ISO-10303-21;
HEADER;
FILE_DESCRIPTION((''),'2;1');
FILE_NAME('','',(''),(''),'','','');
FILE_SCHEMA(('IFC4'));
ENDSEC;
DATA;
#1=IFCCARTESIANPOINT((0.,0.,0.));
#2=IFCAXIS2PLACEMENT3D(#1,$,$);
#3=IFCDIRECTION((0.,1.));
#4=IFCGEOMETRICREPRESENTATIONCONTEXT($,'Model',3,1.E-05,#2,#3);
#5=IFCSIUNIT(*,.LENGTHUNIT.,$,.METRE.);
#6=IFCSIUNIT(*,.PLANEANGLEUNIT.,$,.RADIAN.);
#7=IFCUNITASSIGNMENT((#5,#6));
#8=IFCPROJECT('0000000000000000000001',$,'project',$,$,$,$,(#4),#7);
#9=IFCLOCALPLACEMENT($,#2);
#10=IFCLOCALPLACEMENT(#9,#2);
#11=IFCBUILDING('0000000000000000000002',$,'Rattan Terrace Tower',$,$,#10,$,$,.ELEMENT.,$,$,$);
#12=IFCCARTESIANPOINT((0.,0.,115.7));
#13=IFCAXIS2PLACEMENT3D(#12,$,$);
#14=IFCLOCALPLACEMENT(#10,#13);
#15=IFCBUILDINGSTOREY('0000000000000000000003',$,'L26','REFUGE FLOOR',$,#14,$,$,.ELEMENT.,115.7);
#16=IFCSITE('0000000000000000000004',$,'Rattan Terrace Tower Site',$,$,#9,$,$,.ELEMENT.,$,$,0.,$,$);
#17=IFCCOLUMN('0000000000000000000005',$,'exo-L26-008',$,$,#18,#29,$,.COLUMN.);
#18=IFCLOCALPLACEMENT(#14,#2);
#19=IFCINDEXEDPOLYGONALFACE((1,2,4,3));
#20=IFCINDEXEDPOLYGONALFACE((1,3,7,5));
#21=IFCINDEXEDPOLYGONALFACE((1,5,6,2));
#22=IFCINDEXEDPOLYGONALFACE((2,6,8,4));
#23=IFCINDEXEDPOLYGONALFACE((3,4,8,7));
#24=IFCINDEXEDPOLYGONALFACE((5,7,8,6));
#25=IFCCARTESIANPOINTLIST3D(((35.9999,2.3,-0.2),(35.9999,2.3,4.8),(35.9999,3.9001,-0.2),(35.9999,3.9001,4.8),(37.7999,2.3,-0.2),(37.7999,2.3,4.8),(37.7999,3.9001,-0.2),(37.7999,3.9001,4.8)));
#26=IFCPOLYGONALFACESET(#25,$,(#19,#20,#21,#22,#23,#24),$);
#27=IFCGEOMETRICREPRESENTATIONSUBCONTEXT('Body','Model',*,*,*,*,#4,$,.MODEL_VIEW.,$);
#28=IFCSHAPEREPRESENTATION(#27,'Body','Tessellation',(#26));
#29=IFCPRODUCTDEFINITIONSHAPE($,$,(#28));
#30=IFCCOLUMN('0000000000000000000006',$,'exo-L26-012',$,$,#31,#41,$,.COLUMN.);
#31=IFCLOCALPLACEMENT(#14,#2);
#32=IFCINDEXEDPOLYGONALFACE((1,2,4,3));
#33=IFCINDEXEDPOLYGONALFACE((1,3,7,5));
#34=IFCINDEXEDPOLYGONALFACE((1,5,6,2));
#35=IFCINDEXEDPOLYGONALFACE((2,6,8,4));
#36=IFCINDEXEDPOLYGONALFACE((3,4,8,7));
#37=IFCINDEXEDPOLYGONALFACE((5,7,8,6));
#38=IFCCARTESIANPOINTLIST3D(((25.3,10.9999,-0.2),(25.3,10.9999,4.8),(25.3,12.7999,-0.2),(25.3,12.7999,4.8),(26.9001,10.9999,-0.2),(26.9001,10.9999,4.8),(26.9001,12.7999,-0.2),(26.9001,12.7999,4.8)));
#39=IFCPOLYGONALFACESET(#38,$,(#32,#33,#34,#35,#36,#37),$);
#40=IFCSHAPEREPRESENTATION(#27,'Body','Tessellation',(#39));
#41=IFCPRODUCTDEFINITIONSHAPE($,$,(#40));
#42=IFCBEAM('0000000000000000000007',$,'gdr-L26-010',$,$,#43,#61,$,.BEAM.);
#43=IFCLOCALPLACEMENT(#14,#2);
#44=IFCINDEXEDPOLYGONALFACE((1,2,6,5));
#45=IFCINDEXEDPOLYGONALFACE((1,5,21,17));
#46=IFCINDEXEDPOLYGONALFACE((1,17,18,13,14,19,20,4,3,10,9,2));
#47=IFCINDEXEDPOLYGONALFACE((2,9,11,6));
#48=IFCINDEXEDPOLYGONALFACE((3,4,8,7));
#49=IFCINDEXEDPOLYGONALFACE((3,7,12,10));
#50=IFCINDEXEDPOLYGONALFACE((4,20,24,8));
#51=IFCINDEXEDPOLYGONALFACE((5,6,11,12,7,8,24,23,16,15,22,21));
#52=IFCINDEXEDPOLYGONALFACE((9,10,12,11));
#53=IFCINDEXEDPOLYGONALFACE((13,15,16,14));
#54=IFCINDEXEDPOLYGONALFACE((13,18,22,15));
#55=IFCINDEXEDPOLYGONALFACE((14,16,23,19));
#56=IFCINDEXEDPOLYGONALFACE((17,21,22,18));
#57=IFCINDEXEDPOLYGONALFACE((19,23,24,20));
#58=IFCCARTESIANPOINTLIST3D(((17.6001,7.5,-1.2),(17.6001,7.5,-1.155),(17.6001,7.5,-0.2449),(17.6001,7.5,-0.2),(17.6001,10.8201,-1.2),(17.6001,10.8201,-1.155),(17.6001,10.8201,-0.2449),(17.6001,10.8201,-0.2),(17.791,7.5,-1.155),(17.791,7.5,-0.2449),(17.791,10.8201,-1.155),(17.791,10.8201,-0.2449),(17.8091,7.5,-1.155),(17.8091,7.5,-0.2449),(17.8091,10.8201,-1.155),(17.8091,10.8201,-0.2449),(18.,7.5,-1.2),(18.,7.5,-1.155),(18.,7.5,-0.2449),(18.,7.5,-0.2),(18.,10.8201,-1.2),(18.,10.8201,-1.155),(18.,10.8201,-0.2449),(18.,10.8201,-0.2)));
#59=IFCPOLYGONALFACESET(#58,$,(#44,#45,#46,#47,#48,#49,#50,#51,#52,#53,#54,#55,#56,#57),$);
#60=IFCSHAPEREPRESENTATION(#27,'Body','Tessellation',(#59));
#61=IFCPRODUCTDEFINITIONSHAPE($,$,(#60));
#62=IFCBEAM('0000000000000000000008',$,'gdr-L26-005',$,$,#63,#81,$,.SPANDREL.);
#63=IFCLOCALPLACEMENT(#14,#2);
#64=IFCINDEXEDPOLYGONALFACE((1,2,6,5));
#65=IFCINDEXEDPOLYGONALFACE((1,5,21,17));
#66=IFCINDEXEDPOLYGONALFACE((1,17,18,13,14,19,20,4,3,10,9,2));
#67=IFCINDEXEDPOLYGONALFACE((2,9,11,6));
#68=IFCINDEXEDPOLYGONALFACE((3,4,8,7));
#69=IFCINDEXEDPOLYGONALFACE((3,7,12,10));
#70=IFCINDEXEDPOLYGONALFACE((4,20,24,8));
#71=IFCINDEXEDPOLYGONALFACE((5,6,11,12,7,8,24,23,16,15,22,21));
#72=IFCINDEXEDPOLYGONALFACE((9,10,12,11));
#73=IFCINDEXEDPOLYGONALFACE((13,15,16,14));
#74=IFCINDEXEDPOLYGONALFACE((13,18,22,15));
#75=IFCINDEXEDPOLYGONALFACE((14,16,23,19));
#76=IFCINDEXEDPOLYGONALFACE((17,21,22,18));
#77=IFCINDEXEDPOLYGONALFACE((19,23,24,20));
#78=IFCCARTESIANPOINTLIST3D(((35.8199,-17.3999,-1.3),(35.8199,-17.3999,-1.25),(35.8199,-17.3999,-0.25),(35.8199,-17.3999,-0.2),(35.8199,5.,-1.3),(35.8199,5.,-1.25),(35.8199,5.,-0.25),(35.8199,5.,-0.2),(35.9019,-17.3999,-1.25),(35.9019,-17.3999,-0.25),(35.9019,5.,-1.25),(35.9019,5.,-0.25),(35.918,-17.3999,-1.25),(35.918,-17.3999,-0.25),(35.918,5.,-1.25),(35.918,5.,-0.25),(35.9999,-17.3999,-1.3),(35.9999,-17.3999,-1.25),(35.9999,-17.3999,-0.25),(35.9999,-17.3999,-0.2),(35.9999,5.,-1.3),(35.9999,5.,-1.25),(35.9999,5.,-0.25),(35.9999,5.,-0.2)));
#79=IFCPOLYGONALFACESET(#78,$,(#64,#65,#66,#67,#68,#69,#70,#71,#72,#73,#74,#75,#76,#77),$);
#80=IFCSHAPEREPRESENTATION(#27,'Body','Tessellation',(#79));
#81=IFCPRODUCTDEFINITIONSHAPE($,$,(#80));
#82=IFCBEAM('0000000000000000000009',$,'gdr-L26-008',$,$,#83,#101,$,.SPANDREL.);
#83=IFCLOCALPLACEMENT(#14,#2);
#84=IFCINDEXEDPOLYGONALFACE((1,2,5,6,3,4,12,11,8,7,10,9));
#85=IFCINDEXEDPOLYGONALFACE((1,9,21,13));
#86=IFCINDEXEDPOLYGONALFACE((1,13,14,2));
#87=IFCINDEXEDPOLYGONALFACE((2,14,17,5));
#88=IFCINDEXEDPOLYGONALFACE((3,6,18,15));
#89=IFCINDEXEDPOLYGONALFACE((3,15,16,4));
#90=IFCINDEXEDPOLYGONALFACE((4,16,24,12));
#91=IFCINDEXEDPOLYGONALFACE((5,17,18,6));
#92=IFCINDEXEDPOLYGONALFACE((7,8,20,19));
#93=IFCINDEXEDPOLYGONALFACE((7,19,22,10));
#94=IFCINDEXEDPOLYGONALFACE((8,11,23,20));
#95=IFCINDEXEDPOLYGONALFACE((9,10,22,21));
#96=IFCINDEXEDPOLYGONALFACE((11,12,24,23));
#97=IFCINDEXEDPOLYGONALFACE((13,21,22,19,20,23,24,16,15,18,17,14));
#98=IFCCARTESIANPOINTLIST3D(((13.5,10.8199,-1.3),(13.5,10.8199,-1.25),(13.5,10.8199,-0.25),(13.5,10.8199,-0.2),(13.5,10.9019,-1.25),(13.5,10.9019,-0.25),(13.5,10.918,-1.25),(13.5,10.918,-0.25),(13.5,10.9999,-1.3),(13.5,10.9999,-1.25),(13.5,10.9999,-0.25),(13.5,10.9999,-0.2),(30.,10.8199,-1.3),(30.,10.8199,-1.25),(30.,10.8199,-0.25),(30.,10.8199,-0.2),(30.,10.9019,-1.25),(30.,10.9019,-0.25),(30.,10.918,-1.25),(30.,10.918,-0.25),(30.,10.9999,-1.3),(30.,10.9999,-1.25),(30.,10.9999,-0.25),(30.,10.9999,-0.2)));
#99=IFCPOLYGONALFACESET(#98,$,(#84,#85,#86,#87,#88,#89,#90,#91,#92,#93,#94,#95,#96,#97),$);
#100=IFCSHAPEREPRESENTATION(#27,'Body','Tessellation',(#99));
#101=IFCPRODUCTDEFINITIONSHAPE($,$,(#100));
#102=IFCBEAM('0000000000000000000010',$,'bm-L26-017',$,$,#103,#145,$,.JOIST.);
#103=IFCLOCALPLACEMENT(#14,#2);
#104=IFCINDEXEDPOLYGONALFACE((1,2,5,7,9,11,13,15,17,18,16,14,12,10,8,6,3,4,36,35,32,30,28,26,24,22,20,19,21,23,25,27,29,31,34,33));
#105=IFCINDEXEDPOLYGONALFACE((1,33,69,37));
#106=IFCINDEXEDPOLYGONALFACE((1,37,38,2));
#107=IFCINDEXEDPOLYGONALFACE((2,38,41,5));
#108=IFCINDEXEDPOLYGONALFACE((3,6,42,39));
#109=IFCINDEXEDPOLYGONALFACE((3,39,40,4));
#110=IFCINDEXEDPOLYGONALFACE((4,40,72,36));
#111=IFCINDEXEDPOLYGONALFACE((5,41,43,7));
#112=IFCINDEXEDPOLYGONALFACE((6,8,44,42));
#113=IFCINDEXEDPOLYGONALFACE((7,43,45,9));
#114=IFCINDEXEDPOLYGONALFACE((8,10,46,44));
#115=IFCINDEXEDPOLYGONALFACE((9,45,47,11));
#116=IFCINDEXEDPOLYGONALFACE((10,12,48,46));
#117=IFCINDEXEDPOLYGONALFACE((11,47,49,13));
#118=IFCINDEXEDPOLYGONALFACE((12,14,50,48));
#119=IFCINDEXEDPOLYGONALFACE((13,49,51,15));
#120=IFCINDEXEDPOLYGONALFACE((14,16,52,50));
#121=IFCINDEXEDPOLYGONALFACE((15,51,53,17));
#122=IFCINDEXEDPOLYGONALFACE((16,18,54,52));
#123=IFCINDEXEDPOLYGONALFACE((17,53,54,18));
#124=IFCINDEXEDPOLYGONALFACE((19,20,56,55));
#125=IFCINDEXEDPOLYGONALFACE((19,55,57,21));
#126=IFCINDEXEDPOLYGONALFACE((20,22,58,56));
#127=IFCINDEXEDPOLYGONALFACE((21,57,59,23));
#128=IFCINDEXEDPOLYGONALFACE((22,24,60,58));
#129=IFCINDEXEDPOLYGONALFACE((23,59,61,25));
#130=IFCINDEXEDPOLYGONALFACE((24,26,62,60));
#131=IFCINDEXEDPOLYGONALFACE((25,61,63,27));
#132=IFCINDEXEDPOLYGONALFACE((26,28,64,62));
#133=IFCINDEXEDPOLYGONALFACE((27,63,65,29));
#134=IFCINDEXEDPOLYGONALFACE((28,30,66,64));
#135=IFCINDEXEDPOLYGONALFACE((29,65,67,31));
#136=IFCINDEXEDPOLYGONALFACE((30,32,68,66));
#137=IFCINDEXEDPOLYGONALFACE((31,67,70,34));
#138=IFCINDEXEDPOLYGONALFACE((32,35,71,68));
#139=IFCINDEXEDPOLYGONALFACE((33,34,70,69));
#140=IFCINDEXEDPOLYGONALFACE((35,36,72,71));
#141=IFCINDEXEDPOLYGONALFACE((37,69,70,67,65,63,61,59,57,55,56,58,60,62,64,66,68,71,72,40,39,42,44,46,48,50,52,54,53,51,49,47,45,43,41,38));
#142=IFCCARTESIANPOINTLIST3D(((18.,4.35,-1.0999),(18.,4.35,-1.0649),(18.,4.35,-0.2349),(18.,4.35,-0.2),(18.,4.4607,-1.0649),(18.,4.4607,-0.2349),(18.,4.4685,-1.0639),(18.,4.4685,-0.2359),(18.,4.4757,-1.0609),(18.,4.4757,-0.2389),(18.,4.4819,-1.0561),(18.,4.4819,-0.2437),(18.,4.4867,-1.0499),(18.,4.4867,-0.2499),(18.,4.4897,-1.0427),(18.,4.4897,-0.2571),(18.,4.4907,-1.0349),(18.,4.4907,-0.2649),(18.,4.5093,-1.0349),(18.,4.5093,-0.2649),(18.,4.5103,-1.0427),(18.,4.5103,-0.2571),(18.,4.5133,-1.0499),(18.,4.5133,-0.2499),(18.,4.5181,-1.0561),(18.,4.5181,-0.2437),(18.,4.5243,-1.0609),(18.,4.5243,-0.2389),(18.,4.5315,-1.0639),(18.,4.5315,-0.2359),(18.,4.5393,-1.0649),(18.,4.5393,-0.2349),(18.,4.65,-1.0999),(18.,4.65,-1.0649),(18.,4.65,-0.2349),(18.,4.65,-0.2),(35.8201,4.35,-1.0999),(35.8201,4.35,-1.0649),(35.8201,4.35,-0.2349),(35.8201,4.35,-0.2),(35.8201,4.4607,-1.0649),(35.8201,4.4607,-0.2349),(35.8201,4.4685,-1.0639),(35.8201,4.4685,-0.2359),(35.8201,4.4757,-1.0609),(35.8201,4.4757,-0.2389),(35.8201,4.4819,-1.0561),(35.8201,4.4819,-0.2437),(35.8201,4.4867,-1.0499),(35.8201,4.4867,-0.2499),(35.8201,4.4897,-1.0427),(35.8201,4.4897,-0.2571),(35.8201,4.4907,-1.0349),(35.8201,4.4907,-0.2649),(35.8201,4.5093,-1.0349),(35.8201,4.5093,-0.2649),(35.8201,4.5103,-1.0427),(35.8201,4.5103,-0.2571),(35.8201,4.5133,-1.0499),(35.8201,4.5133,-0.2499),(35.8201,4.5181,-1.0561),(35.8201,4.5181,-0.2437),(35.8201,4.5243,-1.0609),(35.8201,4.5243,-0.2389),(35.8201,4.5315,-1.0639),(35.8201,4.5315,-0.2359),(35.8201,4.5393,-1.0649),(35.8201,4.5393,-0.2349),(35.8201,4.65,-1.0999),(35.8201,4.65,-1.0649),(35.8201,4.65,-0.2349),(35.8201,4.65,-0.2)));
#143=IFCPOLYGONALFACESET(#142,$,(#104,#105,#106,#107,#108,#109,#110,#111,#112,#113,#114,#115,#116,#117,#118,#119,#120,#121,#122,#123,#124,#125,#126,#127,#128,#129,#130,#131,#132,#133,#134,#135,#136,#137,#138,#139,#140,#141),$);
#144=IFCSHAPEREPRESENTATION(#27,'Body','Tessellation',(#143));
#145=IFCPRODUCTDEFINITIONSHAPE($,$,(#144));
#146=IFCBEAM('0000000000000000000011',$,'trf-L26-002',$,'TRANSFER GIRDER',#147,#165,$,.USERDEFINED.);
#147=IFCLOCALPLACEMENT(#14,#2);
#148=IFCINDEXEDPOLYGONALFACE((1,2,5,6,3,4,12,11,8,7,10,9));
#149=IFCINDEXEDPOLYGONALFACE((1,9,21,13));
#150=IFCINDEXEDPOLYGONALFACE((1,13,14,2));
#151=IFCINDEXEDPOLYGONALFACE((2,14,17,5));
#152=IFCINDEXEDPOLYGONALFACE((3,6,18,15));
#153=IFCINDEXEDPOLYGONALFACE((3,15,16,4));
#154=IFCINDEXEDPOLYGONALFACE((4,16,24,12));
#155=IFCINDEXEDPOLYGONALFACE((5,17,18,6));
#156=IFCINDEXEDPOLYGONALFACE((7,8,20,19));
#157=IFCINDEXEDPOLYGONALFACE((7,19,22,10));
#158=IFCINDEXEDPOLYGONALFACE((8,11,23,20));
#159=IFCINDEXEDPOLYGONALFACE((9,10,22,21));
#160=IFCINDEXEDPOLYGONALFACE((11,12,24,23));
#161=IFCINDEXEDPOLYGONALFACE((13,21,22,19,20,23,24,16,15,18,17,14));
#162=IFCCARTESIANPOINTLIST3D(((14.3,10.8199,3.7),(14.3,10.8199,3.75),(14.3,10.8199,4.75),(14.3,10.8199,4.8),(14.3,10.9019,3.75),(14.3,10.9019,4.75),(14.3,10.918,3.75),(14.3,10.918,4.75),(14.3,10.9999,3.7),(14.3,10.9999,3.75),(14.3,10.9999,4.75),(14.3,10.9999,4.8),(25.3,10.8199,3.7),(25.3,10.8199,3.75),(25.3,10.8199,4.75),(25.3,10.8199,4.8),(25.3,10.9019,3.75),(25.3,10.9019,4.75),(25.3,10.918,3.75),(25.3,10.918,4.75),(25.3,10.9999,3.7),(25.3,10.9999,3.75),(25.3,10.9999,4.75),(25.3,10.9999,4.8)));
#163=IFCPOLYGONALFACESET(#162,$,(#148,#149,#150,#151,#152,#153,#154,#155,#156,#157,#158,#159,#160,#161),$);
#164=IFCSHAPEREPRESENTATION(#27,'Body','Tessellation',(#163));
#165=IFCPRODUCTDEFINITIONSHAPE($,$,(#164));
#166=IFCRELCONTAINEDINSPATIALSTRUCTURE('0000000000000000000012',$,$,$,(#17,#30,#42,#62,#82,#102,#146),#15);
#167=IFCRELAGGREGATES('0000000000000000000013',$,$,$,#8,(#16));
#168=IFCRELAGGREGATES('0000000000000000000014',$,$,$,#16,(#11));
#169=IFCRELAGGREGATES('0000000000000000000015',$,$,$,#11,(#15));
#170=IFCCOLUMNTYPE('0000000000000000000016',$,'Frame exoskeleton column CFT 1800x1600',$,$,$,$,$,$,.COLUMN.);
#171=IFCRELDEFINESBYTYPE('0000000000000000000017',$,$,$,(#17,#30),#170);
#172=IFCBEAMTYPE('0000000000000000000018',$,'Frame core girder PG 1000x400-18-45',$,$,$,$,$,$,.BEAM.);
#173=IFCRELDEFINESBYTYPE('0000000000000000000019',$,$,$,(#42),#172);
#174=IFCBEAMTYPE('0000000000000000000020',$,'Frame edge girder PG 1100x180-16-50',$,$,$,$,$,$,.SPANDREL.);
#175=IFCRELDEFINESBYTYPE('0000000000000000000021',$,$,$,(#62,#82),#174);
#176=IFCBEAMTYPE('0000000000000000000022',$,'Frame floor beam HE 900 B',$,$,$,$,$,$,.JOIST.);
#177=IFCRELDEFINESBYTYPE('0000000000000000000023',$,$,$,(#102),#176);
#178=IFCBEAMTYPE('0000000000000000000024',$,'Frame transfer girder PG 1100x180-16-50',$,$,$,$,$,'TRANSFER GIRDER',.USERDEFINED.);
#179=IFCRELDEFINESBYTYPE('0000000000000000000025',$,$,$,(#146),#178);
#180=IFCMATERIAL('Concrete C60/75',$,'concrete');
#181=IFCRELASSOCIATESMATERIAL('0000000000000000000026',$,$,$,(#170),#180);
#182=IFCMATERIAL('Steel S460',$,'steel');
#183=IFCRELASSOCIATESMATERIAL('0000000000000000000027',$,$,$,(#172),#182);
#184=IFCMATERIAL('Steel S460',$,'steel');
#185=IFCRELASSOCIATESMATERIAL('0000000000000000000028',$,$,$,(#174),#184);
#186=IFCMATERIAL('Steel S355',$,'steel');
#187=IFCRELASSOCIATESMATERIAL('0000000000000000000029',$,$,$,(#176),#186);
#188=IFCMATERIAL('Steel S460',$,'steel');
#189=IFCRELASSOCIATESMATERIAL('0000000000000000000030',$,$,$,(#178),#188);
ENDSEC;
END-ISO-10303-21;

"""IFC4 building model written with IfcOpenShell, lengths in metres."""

from ifc_helpers import new_model, si_unit, direction, frame, origin, origin_2d, place, context, subcontext, project, spatial, rectangle, i_section, extrude, material, material_profile, profile_set, type_object, element, save


model = new_model("IFC4")

# Units and contexts
model_context = context("Model", 3, precision=1e-05, world=origin(), true_north=direction((0.0, 1.0)))
body_context = subcontext(model_context, "Body", "Model", "MODEL_VIEW")
ifc_project = project(units=[si_unit("LENGTHUNIT", "METRE"), si_unit("PLANEANGLEUNIT", "RADIAN")], contexts=[model_context])

# Site, building, storey
site_placement = place(None, origin())
site = spatial("IfcSite", under=ifc_project, at=site_placement, Name="Rattan Terrace Tower Site", CompositionType="ELEMENT", RefElevation=0.0)
building_placement = place(site_placement, origin())
building = spatial("IfcBuilding", under=site, at=building_placement, Name="Rattan Terrace Tower", CompositionType="ELEMENT")
storey_placement = place(building_placement, frame((0.0, 0.0, 115.7)))
storey = spatial("IfcBuildingStorey", under=building, at=storey_placement, Name="L26", Description="REFUGE FLOOR", CompositionType="ELEMENT", Elevation=115.7)

# Columns
ifc_material_1 = material(Name="Concrete C60/75", Category="concrete")
ifc_material_profile_1 = material_profile(ifc_material_1, rectangle(XDim=1.6001, YDim=1.8, at=origin_2d()), Name="CFT 1800x1600")
ifc_profile_set_1 = profile_set([ifc_material_profile_1], Name="Concrete C60/75")
column_type = type_object("IfcColumnType", Name="Frame exoskeleton column CFT 1800x1600", PredefinedType="COLUMN", material=ifc_profile_set_1)
for number, where, z_axis, x_axis, name in (
    (1, (36.8999, 3.1001, -0.2), (0.0, 0.0, 1.0), (0.0, 1.0, 0.0), "exo-L26-008"),
    (2, (26.1001, 11.8999, -0.2), (0.0, 0.0, 1.0), (1.0, 0.0, 0.0), "exo-L26-012"),
):
    element("IfcColumn", number, at=place(storey_placement, frame(where, z_axis=z_axis, x_axis=x_axis)), inside=storey, type_object=column_type, Name=name, PredefinedType="COLUMN", context=body_context, shape_type="SweptSolid", body=[
        extrude(rectangle(XDim=1.6001, YDim=1.8, at=origin_2d()), origin(), (0.0, 0.0, 1.0), 5.0),
    ])

# Beams
ifc_material_2 = material(Name="Steel S460", Category="steel")
ifc_material_profile_2 = material_profile(ifc_material_2, i_section(OverallWidth=0.3999, OverallDepth=1.0, WebThickness=0.0181, FlangeThickness=0.0449, at=origin_2d()), Name="PG 1000x400-18-45")
ifc_profile_set_2 = profile_set([ifc_material_profile_2], Name="Steel S460")
beam_type_1 = type_object("IfcBeamType", Name="Frame core girder PG 1000x400-18-45", PredefinedType="BEAM", material=ifc_profile_set_2)
beam_1_placement = place(storey_placement, frame((17.8, 7.5, -0.7), z_axis=(0.0, 1.0, 0.0), x_axis=(-1.0, 0.0, 0.0)))
element("IfcBeam", 3, at=beam_1_placement, inside=storey, type_object=beam_type_1, Name="gdr-L26-010", PredefinedType="BEAM", context=body_context, shape_type="SweptSolid", body=[
    extrude(i_section(OverallWidth=0.3999, OverallDepth=1.0, WebThickness=0.0181, FlangeThickness=0.0449, at=origin_2d()), origin(), (0.0, 0.0, 1.0), 3.3201),
])
ifc_material_3 = material(Name="Steel S460", Category="steel")
ifc_material_profile_3 = material_profile(ifc_material_3, i_section(OverallWidth=0.1799, OverallDepth=1.1001, WebThickness=0.0161, FlangeThickness=0.05, at=origin_2d()), Name="PG 1100x180-16-50")
ifc_profile_set_3 = profile_set([ifc_material_profile_3], Name="Steel S460")
beam_type_2 = type_object("IfcBeamType", Name="Frame edge girder PG 1100x180-16-50", PredefinedType="SPANDREL", material=ifc_profile_set_3)
beam_2_placement = place(storey_placement, frame((35.9099, 5.0, -0.75), z_axis=(0.0, -1.0, 0.0), x_axis=(1.0, 0.0, 0.0)))
element("IfcBeam", 4, at=beam_2_placement, inside=storey, type_object=beam_type_2, Name="gdr-L26-005", PredefinedType="SPANDREL", context=body_context, shape_type="SweptSolid", body=[
    extrude(i_section(OverallWidth=0.1799, OverallDepth=1.1001, WebThickness=0.0161, FlangeThickness=0.05, at=origin_2d()), origin(), (0.0, 0.0, 1.0), 22.3999),
])
beam_3_placement = place(storey_placement, frame((30.0, 10.9099, -0.75), z_axis=(-1.0, 0.0, 0.0), x_axis=(0.0, -1.0, 0.0)))
element("IfcBeam", 5, at=beam_3_placement, inside=storey, type_object=beam_type_2, Name="gdr-L26-008", PredefinedType="SPANDREL", context=body_context, shape_type="SweptSolid", body=[
    extrude(i_section(OverallWidth=0.1799, OverallDepth=1.1001, WebThickness=0.0161, FlangeThickness=0.05, at=origin_2d()), origin(), (0.0, 0.0, 1.0), 16.5),
])
ifc_material_4 = material(Name="Steel S355", Category="steel")
ifc_material_profile_4 = material_profile(ifc_material_4, i_section(OverallWidth=0.3, OverallDepth=0.8999, WebThickness=0.0186, FlangeThickness=0.0349, FilletRadius=0.03, at=origin_2d()), Name="HE 900 B")
ifc_profile_set_4 = profile_set([ifc_material_profile_4], Name="Steel S355")
beam_type_3 = type_object("IfcBeamType", Name="Frame floor beam HE 900 B", PredefinedType="JOIST", material=ifc_profile_set_4)
beam_4_placement = place(storey_placement, frame((18.0, 4.5, -0.6499), z_axis=(1.0, 0.0, 0.0), x_axis=(0.0, 1.0, 0.0)))
element("IfcBeam", 6, at=beam_4_placement, inside=storey, type_object=beam_type_3, Name="bm-L26-017", PredefinedType="JOIST", context=body_context, shape_type="SweptSolid", body=[
    extrude(i_section(OverallWidth=0.3, OverallDepth=0.8999, WebThickness=0.0186, FlangeThickness=0.0349, FilletRadius=0.03, at=origin_2d()), origin(), (0.0, 0.0, 1.0), 17.8201),
])
ifc_material_5 = material(Name="Steel S460", Category="steel")
ifc_material_profile_5 = material_profile(ifc_material_5, i_section(OverallWidth=0.1799, OverallDepth=1.1001, WebThickness=0.0161, FlangeThickness=0.05, at=origin_2d()), Name="PG 1100x180-16-50")
ifc_profile_set_5 = profile_set([ifc_material_profile_5], Name="Steel S460")
beam_type_4 = type_object("IfcBeamType", Name="Frame transfer girder PG 1100x180-16-50", ElementType="TRANSFER GIRDER", PredefinedType="USERDEFINED", material=ifc_profile_set_5)
beam_5_placement = place(storey_placement, frame((25.3, 10.9099, 4.25), z_axis=(-1.0, 0.0, 0.0), x_axis=(0.0, -1.0, 0.0)))
element("IfcBeam", 7, at=beam_5_placement, inside=storey, type_object=beam_type_4, Name="trf-L26-002", ObjectType="TRANSFER GIRDER", PredefinedType="USERDEFINED", context=body_context, shape_type="SweptSolid", body=[
    extrude(i_section(OverallWidth=0.1799, OverallDepth=1.1001, WebThickness=0.0161, FlangeThickness=0.05, at=origin_2d()), origin(), (0.0, 0.0, 1.0), 11.0),
])

save(model, "model.ifc")
